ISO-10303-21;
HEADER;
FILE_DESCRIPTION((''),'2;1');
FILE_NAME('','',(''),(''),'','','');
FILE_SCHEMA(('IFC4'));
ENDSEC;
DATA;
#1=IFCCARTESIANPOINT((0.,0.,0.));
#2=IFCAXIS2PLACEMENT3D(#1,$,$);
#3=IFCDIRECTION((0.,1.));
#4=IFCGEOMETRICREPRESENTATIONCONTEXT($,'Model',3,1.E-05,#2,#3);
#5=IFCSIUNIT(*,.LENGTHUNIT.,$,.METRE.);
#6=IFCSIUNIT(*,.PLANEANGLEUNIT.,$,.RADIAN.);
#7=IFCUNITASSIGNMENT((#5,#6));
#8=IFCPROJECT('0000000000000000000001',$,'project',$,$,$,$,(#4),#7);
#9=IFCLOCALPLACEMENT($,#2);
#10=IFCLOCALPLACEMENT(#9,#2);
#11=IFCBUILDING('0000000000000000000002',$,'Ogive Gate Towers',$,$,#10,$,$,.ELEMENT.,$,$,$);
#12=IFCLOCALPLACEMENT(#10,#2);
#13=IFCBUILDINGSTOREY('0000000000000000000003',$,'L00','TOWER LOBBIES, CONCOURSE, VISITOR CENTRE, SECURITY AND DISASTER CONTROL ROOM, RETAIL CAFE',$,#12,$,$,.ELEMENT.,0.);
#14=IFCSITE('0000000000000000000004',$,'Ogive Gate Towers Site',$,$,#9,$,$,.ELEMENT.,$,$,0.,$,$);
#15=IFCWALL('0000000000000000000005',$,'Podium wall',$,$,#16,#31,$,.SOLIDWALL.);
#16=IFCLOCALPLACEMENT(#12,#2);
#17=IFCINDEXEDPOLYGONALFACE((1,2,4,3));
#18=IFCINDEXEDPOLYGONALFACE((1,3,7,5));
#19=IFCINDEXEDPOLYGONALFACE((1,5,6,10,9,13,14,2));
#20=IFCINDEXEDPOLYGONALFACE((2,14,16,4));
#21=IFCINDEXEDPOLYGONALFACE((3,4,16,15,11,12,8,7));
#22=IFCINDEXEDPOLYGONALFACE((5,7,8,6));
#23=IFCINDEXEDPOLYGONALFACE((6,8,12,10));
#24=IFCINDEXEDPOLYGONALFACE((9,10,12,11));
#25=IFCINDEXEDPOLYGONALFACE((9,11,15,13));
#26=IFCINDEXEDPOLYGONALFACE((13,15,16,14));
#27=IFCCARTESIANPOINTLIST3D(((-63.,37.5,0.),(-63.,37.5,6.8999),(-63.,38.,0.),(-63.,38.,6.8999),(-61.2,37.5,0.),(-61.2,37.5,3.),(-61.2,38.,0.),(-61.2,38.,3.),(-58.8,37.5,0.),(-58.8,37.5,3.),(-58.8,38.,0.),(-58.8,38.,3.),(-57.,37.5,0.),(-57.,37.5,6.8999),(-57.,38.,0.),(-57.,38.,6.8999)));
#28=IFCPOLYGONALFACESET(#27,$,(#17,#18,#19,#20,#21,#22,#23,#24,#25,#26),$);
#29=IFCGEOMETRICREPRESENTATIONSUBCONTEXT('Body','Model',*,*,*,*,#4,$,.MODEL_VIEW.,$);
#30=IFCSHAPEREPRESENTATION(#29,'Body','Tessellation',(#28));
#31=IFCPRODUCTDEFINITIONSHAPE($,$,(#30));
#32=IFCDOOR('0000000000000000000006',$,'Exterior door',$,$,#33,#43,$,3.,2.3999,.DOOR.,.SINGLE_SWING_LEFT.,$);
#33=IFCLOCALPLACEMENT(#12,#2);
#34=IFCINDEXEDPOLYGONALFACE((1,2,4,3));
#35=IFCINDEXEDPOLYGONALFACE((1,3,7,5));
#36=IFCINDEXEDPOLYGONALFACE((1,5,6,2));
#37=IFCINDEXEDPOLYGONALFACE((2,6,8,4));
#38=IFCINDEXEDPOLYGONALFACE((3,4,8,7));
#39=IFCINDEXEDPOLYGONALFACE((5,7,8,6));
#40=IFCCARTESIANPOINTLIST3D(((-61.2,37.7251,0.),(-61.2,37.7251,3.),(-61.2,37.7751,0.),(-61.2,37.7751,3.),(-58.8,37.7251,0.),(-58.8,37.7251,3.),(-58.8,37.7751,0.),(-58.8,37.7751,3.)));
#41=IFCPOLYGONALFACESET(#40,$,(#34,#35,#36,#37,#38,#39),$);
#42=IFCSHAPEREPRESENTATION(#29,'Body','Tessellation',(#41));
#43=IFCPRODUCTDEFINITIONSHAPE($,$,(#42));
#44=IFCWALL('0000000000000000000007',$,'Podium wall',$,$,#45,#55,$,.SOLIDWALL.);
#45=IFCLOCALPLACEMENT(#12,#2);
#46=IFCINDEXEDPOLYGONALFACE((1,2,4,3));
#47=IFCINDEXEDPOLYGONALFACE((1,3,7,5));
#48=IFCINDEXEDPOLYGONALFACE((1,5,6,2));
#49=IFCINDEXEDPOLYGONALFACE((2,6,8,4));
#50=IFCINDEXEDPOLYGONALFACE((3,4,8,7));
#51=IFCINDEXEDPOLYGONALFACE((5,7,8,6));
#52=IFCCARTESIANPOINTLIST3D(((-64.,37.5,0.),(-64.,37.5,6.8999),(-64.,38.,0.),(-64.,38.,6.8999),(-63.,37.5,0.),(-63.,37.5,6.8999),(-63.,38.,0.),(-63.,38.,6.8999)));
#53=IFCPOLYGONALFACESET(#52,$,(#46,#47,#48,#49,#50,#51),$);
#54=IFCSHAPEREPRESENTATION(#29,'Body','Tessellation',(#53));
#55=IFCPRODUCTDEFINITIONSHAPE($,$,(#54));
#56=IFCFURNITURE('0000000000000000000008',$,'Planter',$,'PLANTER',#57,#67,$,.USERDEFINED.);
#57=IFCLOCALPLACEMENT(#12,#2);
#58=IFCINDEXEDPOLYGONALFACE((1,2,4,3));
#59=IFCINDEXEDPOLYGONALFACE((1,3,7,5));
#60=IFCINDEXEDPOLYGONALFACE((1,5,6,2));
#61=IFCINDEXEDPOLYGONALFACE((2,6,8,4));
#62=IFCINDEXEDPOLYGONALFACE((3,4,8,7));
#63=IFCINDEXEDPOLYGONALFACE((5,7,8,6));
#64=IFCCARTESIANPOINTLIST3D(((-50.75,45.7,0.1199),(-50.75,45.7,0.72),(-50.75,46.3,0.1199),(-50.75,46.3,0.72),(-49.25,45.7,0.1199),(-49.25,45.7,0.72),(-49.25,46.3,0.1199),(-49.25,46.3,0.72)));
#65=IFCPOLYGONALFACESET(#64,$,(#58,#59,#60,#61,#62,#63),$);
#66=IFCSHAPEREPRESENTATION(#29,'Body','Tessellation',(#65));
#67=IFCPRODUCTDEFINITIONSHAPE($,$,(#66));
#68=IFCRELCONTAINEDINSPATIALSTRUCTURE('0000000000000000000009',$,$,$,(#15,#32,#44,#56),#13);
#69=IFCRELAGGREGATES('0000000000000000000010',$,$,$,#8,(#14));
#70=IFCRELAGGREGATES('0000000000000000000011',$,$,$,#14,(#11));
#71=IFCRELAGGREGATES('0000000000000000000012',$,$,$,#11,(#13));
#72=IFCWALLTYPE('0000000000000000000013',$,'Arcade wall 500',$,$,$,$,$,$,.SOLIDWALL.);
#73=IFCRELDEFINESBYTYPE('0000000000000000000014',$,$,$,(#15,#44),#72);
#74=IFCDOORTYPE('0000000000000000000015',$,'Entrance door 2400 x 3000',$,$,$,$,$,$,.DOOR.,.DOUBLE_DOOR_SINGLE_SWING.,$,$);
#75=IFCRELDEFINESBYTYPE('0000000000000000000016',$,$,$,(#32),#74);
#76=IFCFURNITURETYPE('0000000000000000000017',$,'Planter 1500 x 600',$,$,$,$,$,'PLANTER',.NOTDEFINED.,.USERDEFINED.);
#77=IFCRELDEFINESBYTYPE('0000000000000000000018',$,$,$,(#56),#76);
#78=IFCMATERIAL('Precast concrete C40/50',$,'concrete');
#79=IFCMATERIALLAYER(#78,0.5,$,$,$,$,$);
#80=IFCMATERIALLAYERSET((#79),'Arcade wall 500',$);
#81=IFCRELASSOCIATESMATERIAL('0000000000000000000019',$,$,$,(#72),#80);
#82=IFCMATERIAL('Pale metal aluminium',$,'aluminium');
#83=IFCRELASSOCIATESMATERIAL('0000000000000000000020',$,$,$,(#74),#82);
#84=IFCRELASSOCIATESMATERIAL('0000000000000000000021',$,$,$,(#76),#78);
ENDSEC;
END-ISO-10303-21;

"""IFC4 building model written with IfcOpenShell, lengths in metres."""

from ifc_helpers import new_model, si_unit, direction, frame, frame_2d, origin, origin_2d, place, context, subcontext, project, spatial, rectangle, extrude, material, layer, layer_set, type_object, element, fill, save


model = new_model("IFC4")

# Units and contexts
model_context = context("Model", 3, precision=1e-05, world=origin(), true_north=direction((0.0, 1.0)))
body_context = subcontext(model_context, "Body", "Model", "MODEL_VIEW")
ifc_project = project(units=[si_unit("LENGTHUNIT", "METRE"), si_unit("PLANEANGLEUNIT", "RADIAN")], contexts=[model_context])

# Site, building, storey
site_placement = place(None, origin())
site = spatial("IfcSite", under=ifc_project, at=site_placement, Name="Ogive Gate Towers Site", CompositionType="ELEMENT", RefElevation=0.0)
building_placement = place(site_placement, origin())
building = spatial("IfcBuilding", under=site, at=building_placement, Name="Ogive Gate Towers", CompositionType="ELEMENT")
storey_placement = place(building_placement, origin())
storey = spatial("IfcBuildingStorey", under=building, at=storey_placement, Name="L00", Description="TOWER LOBBIES, CONCOURSE, VISITOR CENTRE, SECURITY AND DISASTER CONTROL ROOM, RETAIL CAFE", CompositionType="ELEMENT", Elevation=0.0)

# Shared definitions
ifc_material_1 = material(Name="Precast concrete C40/50", Category="concrete")

# Shared definitions
ifc_material_2 = material(Name="Pale metal aluminium", Category="aluminium")

# Shared definitions
ifc_layer = layer(ifc_material_1, 0.5)
ifc_layer_set = layer_set([ifc_layer], Name="Arcade wall 500")
wall_type = type_object("IfcWallType", Name="Arcade wall 500", PredefinedType="SOLIDWALL", material=ifc_layer_set)

# Wall, opening, door
wall_1_placement = place(storey_placement, frame((-57.0, 37.75, 0.0), z_axis=(0.0, 0.0, 1.0), x_axis=(-1.0, 0.0, 0.0)))
wall_1 = element("IfcWall", 1, at=wall_1_placement, inside=storey, type_object=wall_type, Name="Podium wall", PredefinedType="SOLIDWALL", context=body_context, shape_type="SweptSolid", body=[
    extrude(rectangle(XDim=6.0, YDim=0.5, at=frame_2d((3.0, 0.0))), origin(), (0.0, 0.0, 1.0), 6.8999),
])
opening_placement = place(wall_1_placement, frame((1.8, 0.0, 0.0)))
opening = element("IfcOpeningElement", 2, at=opening_placement, cuts=wall_1, PredefinedType="OPENING", context=body_context, shape_type="SweptSolid", body=[
    extrude(rectangle(XDim=2.3999, YDim=3.0, at=frame_2d((1.2, 1.5))), frame((0.0, 0.26, 0.0), z_axis=(0.0, -1.0, 0.0), x_axis=(1.0, 0.0, 0.0)), (0.0, 0.0, 1.0), 0.52),
])
door_type = type_object("IfcDoorType", Name="Entrance door 2400 x 3000", OperationType="DOUBLE_DOOR_SINGLE_SWING", PredefinedType="DOOR", material=ifc_material_2)
door_placement = place(opening_placement, origin())
door = element("IfcDoor", 3, at=door_placement, inside=storey, type_object=door_type, Name="Exterior door", OperationType="SINGLE_SWING_LEFT", OverallHeight=3.0, OverallWidth=2.3999, PredefinedType="DOOR", context=body_context, shape_type="SweptSolid", body=[
    extrude(rectangle(XDim=2.3999, YDim=3.0, at=frame_2d((1.2, 1.5))), frame((0.0, 0.0249, 0.0), z_axis=(0.0, -1.0, 0.0), x_axis=(1.0, 0.0, 0.0)), (0.0, 0.0, 1.0), 0.05),
])
fill(opening, door)

# Wall
wall_2_placement = place(storey_placement, frame((-63.0, 37.75, 0.0), z_axis=(0.0, 0.0, 1.0), x_axis=(-1.0, 0.0, 0.0)))
element("IfcWall", 4, at=wall_2_placement, inside=storey, type_object=wall_type, Name="Podium wall", PredefinedType="SOLIDWALL", context=body_context, shape_type="SweptSolid", body=[
    extrude(rectangle(XDim=1.0, YDim=0.5, at=frame_2d((0.5, 0.0))), origin(), (0.0, 0.0, 1.0), 6.8999),
])

# Furniture
furniture_type = type_object("IfcFurnitureType", Name="Planter 1500 x 600", ElementType="PLANTER", AssemblyPlace="NOTDEFINED", PredefinedType="USERDEFINED", material=ifc_material_1)
furniture_placement = place(storey_placement, frame((-50.0, 46.0, 0.1199), z_axis=(0.0, 0.0, 1.0), x_axis=(1.0, 0.0, 0.0)))
element("IfcFurniture", 5, at=furniture_placement, inside=storey, type_object=furniture_type, Name="Planter", ObjectType="PLANTER", PredefinedType="USERDEFINED", context=body_context, shape_type="SweptSolid", body=[
    extrude(rectangle(XDim=1.5, YDim=0.6001, at=origin_2d()), origin(), (0.0, 0.0, 1.0), 0.6001),
])

save(model, "model.ifc")
